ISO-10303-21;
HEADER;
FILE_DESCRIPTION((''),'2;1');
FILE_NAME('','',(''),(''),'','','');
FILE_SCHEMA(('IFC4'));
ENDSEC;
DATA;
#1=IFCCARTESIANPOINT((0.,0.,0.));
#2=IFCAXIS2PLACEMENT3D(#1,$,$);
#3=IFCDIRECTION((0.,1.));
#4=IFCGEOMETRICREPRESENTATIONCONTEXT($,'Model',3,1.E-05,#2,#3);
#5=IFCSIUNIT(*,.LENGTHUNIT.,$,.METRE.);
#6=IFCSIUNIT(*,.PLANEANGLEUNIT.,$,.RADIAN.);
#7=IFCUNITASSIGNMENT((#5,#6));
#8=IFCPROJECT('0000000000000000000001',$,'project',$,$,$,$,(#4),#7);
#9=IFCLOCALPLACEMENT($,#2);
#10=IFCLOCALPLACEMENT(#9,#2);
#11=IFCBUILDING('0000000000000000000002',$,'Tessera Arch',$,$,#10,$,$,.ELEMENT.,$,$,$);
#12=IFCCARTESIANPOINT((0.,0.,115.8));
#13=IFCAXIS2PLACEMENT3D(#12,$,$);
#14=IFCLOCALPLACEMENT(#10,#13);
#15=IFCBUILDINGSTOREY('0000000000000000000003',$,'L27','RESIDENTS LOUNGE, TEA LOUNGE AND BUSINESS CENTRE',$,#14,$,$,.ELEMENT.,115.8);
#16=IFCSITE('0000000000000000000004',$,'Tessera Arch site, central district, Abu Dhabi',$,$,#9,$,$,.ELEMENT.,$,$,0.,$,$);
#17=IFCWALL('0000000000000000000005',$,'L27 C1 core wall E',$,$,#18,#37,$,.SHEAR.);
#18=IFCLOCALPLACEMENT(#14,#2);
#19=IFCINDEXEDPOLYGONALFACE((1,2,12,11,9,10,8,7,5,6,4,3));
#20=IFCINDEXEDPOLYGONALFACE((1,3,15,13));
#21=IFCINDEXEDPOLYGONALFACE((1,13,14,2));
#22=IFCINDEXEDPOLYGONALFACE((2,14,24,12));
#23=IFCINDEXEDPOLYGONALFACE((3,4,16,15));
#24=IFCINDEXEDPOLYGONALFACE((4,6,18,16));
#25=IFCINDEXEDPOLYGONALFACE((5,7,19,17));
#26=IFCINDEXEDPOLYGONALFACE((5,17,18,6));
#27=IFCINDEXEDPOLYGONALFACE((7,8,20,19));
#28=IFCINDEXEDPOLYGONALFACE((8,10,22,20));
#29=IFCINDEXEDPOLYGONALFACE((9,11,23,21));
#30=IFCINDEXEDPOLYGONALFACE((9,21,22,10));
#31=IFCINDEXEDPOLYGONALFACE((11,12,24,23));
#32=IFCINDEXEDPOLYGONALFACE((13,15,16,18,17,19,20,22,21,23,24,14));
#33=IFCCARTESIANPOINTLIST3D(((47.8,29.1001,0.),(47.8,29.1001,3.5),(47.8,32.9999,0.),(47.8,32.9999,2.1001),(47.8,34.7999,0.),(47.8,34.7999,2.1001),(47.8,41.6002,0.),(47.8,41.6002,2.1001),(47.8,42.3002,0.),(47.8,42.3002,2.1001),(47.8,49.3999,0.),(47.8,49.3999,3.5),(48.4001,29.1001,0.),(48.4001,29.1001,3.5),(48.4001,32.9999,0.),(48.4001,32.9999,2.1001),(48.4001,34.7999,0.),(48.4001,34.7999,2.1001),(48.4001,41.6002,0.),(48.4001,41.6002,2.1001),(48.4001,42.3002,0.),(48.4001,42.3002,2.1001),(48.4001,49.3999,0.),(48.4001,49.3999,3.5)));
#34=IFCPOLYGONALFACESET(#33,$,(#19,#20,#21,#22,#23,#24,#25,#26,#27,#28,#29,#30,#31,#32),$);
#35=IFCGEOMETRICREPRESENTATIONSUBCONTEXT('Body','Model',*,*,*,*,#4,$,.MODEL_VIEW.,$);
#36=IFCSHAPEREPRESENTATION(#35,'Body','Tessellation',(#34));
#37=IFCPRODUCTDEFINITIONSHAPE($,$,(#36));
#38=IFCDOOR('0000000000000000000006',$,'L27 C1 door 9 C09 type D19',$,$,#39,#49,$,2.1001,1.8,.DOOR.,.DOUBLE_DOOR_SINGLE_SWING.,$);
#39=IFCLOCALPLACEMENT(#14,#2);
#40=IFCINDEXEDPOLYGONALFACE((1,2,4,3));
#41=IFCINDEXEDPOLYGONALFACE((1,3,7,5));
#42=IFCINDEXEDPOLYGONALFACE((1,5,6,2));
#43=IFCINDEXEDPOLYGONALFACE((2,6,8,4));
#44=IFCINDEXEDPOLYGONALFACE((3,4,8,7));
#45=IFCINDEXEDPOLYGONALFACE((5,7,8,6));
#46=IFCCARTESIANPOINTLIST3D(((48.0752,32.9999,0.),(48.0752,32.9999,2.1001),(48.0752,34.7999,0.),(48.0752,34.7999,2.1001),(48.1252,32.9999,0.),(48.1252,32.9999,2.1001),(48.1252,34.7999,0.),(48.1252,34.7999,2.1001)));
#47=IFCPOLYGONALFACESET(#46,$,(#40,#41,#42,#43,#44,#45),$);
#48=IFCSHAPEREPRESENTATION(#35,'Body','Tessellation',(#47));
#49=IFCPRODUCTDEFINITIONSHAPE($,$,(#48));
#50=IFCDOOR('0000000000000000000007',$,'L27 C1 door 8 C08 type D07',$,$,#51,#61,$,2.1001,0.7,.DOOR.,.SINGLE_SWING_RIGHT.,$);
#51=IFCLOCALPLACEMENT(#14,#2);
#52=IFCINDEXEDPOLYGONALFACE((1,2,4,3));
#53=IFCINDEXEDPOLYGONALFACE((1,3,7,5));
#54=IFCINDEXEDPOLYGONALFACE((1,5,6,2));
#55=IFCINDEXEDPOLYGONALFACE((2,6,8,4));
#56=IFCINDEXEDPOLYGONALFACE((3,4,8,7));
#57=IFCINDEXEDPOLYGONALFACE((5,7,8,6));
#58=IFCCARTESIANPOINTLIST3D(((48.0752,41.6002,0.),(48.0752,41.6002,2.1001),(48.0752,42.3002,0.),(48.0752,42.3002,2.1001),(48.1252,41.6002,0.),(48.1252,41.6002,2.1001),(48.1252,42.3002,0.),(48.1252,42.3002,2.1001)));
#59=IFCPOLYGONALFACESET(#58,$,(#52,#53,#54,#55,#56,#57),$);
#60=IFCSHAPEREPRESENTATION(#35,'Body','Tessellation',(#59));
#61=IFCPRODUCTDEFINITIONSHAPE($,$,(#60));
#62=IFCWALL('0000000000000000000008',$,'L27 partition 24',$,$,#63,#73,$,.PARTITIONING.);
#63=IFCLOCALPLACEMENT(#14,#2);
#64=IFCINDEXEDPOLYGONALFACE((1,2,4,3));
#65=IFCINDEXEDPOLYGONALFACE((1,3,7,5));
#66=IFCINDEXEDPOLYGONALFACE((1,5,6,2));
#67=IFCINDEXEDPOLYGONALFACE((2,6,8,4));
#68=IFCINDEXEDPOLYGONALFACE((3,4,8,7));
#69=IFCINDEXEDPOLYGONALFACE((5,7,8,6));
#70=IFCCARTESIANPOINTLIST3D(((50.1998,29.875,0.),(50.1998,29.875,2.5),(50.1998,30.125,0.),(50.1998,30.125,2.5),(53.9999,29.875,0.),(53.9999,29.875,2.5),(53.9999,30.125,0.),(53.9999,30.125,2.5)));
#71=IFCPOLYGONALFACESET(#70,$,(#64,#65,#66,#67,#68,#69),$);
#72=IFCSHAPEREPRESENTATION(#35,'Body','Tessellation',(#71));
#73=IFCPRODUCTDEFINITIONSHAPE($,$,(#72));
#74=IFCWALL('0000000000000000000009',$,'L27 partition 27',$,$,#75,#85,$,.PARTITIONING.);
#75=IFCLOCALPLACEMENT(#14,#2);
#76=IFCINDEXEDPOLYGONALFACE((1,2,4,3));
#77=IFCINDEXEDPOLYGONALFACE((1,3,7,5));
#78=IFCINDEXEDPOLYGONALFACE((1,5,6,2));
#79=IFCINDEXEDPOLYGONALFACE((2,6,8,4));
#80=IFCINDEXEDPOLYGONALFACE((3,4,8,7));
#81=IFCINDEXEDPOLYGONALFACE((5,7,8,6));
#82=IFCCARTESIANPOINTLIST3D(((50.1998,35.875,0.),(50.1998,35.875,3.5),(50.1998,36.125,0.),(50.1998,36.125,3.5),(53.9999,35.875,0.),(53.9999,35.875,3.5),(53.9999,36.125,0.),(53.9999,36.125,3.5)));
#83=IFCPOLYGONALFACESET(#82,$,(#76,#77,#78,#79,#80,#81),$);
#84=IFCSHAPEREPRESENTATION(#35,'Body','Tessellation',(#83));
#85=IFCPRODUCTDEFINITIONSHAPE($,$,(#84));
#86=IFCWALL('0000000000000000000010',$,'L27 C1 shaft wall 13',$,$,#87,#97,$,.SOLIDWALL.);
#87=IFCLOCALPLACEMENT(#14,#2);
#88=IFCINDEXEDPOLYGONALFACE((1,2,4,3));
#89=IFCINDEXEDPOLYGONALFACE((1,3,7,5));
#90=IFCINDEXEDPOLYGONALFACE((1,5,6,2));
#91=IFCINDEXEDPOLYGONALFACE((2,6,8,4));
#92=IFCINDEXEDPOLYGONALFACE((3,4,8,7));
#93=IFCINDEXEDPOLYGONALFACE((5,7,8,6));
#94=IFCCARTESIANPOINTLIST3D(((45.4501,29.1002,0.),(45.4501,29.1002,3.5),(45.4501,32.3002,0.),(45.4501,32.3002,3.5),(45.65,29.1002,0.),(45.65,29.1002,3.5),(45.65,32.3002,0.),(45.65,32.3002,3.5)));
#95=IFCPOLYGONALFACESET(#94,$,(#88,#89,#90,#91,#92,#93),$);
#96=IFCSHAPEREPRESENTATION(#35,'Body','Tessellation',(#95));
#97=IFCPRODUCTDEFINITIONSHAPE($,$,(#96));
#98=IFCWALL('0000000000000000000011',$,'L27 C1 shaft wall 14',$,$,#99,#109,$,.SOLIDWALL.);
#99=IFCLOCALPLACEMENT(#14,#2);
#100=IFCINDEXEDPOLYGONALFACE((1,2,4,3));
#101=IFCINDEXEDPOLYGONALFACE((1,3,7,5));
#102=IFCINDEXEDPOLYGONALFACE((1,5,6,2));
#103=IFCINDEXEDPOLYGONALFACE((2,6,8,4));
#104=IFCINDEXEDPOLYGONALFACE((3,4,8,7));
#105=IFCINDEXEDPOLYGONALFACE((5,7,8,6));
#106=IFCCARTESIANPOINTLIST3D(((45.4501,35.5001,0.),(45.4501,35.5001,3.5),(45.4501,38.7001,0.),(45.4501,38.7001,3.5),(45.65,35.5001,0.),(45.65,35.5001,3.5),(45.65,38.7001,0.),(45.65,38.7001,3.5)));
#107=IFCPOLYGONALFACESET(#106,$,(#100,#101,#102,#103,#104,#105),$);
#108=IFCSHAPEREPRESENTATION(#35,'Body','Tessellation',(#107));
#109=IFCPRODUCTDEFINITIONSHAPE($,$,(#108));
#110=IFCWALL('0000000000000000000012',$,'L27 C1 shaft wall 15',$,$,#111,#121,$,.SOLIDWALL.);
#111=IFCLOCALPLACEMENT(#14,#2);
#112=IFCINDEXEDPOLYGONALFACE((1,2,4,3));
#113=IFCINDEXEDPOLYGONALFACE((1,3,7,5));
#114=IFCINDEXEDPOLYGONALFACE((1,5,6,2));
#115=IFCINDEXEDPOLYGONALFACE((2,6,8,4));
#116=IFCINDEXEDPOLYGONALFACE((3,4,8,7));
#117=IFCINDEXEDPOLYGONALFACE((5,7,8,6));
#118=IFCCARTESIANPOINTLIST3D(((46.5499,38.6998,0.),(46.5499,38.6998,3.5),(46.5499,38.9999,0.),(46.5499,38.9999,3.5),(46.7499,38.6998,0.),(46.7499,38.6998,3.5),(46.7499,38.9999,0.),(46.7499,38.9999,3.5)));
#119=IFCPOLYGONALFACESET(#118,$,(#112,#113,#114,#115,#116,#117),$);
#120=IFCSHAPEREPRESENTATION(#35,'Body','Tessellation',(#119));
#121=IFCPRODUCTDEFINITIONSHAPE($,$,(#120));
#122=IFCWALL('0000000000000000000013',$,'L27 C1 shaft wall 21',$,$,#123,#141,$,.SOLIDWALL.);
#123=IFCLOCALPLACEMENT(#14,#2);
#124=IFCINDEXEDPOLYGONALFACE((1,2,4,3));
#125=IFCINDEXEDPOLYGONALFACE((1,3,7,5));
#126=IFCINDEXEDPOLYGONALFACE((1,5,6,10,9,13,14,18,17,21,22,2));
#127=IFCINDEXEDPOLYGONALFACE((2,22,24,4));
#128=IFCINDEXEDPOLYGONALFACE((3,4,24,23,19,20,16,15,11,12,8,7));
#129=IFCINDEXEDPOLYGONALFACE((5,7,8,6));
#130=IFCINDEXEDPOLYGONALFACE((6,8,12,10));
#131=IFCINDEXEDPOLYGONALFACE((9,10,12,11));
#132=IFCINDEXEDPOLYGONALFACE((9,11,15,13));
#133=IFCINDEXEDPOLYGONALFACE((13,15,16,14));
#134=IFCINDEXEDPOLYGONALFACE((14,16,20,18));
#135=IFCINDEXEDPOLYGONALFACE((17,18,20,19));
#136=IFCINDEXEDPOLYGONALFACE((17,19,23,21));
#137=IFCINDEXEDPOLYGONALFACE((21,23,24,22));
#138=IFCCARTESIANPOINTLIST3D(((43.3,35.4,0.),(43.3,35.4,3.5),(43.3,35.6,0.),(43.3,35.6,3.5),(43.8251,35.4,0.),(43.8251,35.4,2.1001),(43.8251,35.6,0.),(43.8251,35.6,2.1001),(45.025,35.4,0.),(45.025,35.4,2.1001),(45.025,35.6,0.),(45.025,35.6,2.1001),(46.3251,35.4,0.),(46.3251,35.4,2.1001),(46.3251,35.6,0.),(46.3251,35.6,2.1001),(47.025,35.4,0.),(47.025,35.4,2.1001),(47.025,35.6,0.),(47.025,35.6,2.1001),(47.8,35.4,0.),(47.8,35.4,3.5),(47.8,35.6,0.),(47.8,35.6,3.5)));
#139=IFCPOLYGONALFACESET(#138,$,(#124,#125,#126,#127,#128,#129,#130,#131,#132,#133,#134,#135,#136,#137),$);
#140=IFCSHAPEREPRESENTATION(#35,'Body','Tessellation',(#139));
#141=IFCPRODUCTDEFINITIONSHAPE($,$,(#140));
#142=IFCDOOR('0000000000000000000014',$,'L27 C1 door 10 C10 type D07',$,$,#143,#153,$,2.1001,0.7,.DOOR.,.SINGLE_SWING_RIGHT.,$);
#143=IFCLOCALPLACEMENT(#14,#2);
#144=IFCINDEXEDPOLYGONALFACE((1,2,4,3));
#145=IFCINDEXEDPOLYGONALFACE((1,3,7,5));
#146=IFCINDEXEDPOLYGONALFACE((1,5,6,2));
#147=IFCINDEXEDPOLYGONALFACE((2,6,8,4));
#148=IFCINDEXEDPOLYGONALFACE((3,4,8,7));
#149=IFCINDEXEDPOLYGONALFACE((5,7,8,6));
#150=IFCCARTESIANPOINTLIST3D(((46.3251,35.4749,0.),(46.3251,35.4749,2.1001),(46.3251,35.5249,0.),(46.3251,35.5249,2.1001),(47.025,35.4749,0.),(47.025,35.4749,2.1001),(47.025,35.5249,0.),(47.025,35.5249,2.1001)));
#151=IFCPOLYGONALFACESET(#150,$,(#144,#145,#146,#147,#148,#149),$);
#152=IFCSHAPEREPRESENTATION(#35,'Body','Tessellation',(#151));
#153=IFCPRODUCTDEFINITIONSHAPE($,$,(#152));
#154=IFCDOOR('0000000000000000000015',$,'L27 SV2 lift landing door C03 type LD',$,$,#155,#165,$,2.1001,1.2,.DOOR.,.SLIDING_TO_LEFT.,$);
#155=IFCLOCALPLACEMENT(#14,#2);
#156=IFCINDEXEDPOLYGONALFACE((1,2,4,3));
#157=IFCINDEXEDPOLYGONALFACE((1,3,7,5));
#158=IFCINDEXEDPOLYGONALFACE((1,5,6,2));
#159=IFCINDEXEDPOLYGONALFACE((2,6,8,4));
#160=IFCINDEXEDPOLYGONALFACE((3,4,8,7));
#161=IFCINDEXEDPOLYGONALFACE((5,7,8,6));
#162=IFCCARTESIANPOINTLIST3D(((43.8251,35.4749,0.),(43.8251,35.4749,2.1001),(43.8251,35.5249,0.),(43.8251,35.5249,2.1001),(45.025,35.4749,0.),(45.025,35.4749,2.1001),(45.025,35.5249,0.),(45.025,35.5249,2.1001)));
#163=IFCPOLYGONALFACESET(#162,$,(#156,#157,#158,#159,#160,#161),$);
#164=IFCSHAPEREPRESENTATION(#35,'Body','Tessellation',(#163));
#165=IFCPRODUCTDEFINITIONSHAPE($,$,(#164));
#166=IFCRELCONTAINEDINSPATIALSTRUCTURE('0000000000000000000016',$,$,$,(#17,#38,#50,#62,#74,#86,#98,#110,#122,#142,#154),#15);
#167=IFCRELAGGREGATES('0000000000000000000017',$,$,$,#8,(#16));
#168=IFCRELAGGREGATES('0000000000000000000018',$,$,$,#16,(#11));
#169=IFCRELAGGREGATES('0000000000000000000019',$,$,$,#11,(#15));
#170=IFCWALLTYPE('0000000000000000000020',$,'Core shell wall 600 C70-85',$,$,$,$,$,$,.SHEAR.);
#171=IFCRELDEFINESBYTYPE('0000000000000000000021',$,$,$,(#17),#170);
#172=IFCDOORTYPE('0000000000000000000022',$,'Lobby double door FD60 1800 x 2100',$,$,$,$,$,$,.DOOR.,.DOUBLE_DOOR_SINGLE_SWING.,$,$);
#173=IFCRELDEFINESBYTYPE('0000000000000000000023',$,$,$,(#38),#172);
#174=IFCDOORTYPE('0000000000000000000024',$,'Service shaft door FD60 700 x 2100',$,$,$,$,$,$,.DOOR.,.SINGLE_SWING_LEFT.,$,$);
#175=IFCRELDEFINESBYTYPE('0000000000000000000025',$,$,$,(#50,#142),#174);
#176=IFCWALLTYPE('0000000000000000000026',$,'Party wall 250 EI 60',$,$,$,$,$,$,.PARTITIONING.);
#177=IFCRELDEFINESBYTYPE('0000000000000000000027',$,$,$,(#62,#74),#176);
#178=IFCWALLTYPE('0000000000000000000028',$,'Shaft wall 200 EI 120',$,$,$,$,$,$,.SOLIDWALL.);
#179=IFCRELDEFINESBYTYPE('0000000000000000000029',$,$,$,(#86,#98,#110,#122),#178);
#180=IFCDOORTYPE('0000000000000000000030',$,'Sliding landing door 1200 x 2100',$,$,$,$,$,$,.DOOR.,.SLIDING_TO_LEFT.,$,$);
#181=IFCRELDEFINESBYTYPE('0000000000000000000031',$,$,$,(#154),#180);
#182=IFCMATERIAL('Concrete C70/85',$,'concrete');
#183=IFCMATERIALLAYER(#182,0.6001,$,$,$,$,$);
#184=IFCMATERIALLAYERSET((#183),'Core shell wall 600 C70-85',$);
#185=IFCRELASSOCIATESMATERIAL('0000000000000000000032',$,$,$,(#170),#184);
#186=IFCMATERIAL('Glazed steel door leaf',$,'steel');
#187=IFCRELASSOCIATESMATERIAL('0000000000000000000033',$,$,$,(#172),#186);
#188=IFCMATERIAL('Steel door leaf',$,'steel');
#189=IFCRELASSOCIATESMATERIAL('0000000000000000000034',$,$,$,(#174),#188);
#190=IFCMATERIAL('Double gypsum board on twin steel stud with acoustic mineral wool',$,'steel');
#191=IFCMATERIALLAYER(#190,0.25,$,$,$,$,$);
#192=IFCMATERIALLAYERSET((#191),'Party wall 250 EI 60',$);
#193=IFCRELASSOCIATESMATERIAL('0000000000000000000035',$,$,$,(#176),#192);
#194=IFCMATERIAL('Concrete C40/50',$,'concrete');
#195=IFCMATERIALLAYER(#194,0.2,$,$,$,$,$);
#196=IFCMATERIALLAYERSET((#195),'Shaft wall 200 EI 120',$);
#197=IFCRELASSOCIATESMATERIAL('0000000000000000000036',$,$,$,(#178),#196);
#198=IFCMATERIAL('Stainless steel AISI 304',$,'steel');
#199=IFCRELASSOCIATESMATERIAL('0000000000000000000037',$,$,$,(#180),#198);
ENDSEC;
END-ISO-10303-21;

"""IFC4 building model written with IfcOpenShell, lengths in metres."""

from ifc_helpers import new_model, si_unit, direction, frame, frame_2d, origin, place, context, subcontext, project, spatial, rectangle, extrude, material, layer, layer_set, type_object, element, fill, save


model = new_model("IFC4")

# Units and contexts
model_context = context("Model", 3, precision=1e-05, world=origin(), true_north=direction((0.0, 1.0)))
body_context = subcontext(model_context, "Body", "Model", "MODEL_VIEW")
ifc_project = project(units=[si_unit("LENGTHUNIT", "METRE"), si_unit("PLANEANGLEUNIT", "RADIAN")], contexts=[model_context])

# Site, building, storey
site_placement = place(None, origin())
site = spatial("IfcSite", under=ifc_project, at=site_placement, Name="Tessera Arch site, central district, Abu Dhabi", CompositionType="ELEMENT", RefElevation=0.0)
building_placement = place(site_placement, origin())
building = spatial("IfcBuilding", under=site, at=building_placement, Name="Tessera Arch", CompositionType="ELEMENT")
storey_placement = place(building_placement, frame((0.0, 0.0, 115.8)))
storey = spatial("IfcBuildingStorey", under=building, at=storey_placement, Name="L27", Description="RESIDENTS LOUNGE, TEA LOUNGE AND BUSINESS CENTRE", CompositionType="ELEMENT", Elevation=115.8)

# Wall, openings, doors
ifc_material_1 = material(Name="Concrete C70/85", Category="concrete")
ifc_layer_1 = layer(ifc_material_1, 0.6001)
ifc_layer_set_1 = layer_set([ifc_layer_1], Name="Core shell wall 600 C70-85")
wall_type_1 = type_object("IfcWallType", Name="Core shell wall 600 C70-85", PredefinedType="SHEAR", material=ifc_layer_set_1)
wall_1_placement = place(storey_placement, frame((48.1001, 29.1001, 0.0), z_axis=(0.0, 0.0, 1.0), x_axis=(0.0, 1.0, 0.0)))
wall_1 = element("IfcWall", 1, at=wall_1_placement, inside=storey, type_object=wall_type_1, Name="L27 C1 core wall E", PredefinedType="SHEAR", context=body_context, shape_type="SweptSolid", body=[
    extrude(rectangle(XDim=20.2998, YDim=0.6001, at=frame_2d((10.1499, 0.0))), origin(), (0.0, 0.0, 1.0), 3.5),
])
opening_1_placement = place(wall_1_placement, frame((12.5, 0.0, 0.0)))
opening_1 = element("IfcOpeningElement", 2, at=opening_1_placement, cuts=wall_1, PredefinedType="OPENING", context=body_context, shape_type="SweptSolid", body=[
    extrude(rectangle(XDim=0.7, YDim=2.1001, at=frame_2d((0.3501, 1.05))), frame((0.0, 0.3101, 0.0), z_axis=(0.0, -1.0, 0.0), x_axis=(1.0, 0.0, 0.0)), (0.0, 0.0, 1.0), 0.6201),
])
opening_2_placement = place(wall_1_placement, frame((3.8999, 0.0, 0.0)))
opening_2 = element("IfcOpeningElement", 3, at=opening_2_placement, cuts=wall_1, PredefinedType="OPENING", context=body_context, shape_type="SweptSolid", body=[
    extrude(rectangle(XDim=1.8, YDim=2.1001, at=frame_2d((0.8999, 1.05))), frame((0.0, 0.3101, 0.0), z_axis=(0.0, -1.0, 0.0), x_axis=(1.0, 0.0, 0.0)), (0.0, 0.0, 1.0), 0.6201),
])
ifc_material_2 = material(Name="Glazed steel door leaf", Category="steel")
door_type_1 = type_object("IfcDoorType", Name="Lobby double door FD60 1800 x 2100", OperationType="DOUBLE_DOOR_SINGLE_SWING", PredefinedType="DOOR", material=ifc_material_2)
door_1_placement = place(opening_2_placement, origin())
door_1 = element("IfcDoor", 4, at=door_1_placement, inside=storey, type_object=door_type_1, Name="L27 C1 door 9 C09 type D19", OperationType="DOUBLE_DOOR_SINGLE_SWING", OverallHeight=2.1001, OverallWidth=1.8, PredefinedType="DOOR", context=body_context, shape_type="SweptSolid", body=[
    extrude(rectangle(XDim=1.8, YDim=2.1001, at=frame_2d((0.8999, 1.05))), frame((0.0, 0.0249, 0.0), z_axis=(0.0, -1.0, 0.0), x_axis=(1.0, 0.0, 0.0)), (0.0, 0.0, 1.0), 0.05),
])
fill(opening_2, door_1)
ifc_material_3 = material(Name="Steel door leaf", Category="steel")
door_type_2 = type_object("IfcDoorType", Name="Service shaft door FD60 700 x 2100", OperationType="SINGLE_SWING_LEFT", PredefinedType="DOOR", material=ifc_material_3)
door_2_placement = place(opening_1_placement, origin())
door_2 = element("IfcDoor", 5, at=door_2_placement, inside=storey, type_object=door_type_2, Name="L27 C1 door 8 C08 type D07", OperationType="SINGLE_SWING_RIGHT", OverallHeight=2.1001, OverallWidth=0.7, PredefinedType="DOOR", context=body_context, shape_type="SweptSolid", body=[
    extrude(rectangle(XDim=0.7, YDim=2.1001, at=frame_2d((0.3501, 1.05))), frame((0.0, 0.0249, 0.0), z_axis=(0.0, -1.0, 0.0), x_axis=(1.0, 0.0, 0.0)), (0.0, 0.0, 1.0), 0.05),
])
fill(opening_1, door_2)

# Walls
ifc_material_4 = material(Name="Double gypsum board on twin steel stud with acoustic mineral wool", Category="steel")
ifc_layer_2 = layer(ifc_material_4, 0.25)
ifc_layer_set_2 = layer_set([ifc_layer_2], Name="Party wall 250 EI 60")
wall_type_2 = type_object("IfcWallType", Name="Party wall 250 EI 60", PredefinedType="PARTITIONING", material=ifc_layer_set_2)
wall_2_placement = place(storey_placement, frame((50.2, 30.0, 0.0), z_axis=(0.0, 0.0, 1.0), x_axis=(1.0, 0.0, 0.0)))
element("IfcWall", 6, at=wall_2_placement, inside=storey, type_object=wall_type_2, Name="L27 partition 24", PredefinedType="PARTITIONING", context=body_context, shape_type="SweptSolid", body=[
    extrude(rectangle(XDim=3.8, YDim=0.25, at=frame_2d((1.8999, 0.0))), origin(), (0.0, 0.0, 1.0), 2.5),
])
wall_3_placement = place(storey_placement, frame((50.2, 36.0, 0.0), z_axis=(0.0, 0.0, 1.0), x_axis=(1.0, 0.0, 0.0)))
element("IfcWall", 7, at=wall_3_placement, inside=storey, type_object=wall_type_2, Name="L27 partition 27", PredefinedType="PARTITIONING", context=body_context, shape_type="SweptSolid", body=[
    extrude(rectangle(XDim=3.8, YDim=0.25, at=frame_2d((1.8999, 0.0))), origin(), (0.0, 0.0, 1.0), 3.5),
])
ifc_material_5 = material(Name="Concrete C40/50", Category="concrete")
ifc_layer_3 = layer(ifc_material_5, 0.2)
ifc_layer_set_3 = layer_set([ifc_layer_3], Name="Shaft wall 200 EI 120")
wall_type_3 = type_object("IfcWallType", Name="Shaft wall 200 EI 120", PredefinedType="SOLIDWALL", material=ifc_layer_set_3)
for number, where, z_axis, x_axis, name in (
    (8, (45.55, 29.1001, 0.0), (0.0, 0.0, 1.0), (0.0, 1.0, 0.0), "L27 C1 shaft wall 13"),
    (9, (45.55, 35.5, 0.0), (0.0, 0.0, 1.0), (0.0, 1.0, 0.0), "L27 C1 shaft wall 14"),
):
    element("IfcWall", number, at=place(storey_placement, frame(where, z_axis=z_axis, x_axis=x_axis)), inside=storey, type_object=wall_type_3, Name=name, PredefinedType="SOLIDWALL", context=body_context, shape_type="SweptSolid", body=[
        extrude(rectangle(XDim=3.2, YDim=0.2, at=frame_2d((1.6001, 0.0))), origin(), (0.0, 0.0, 1.0), 3.5),
    ])
wall_4_placement = place(storey_placement, frame((46.6499, 38.7, 0.0), z_axis=(0.0, 0.0, 1.0), x_axis=(0.0, 1.0, 0.0)))
element("IfcWall", 10, at=wall_4_placement, inside=storey, type_object=wall_type_3, Name="L27 C1 shaft wall 15", PredefinedType="SOLIDWALL", context=body_context, shape_type="SweptSolid", body=[
    extrude(rectangle(XDim=0.3, YDim=0.2, at=frame_2d((0.1499, 0.0))), origin(), (0.0, 0.0, 1.0), 3.5),
])

# Wall, openings, doors
wall_5_placement = place(storey_placement, frame((43.3, 35.5, 0.0), z_axis=(0.0, 0.0, 1.0), x_axis=(1.0, 0.0, 0.0)))
wall_5 = element("IfcWall", 11, at=wall_5_placement, inside=storey, type_object=wall_type_3, Name="L27 C1 shaft wall 21", PredefinedType="SOLIDWALL", context=body_context, shape_type="SweptSolid", body=[
    extrude(rectangle(XDim=4.5, YDim=0.2, at=frame_2d((2.25, 0.0))), origin(), (0.0, 0.0, 1.0), 3.5),
])
opening_3_placement = place(wall_5_placement, frame((0.5249, 0.0, 0.0)))
opening_3 = element("IfcOpeningElement", 12, at=opening_3_placement, cuts=wall_5, PredefinedType="OPENING", context=body_context, shape_type="SweptSolid", body=[
    extrude(rectangle(XDim=1.2, YDim=2.1001, at=frame_2d((0.6001, 1.05))), frame((0.0, 0.1099, 0.0), z_axis=(0.0, -1.0, 0.0), x_axis=(1.0, 0.0, 0.0)), (0.0, 0.0, 1.0), 0.22),
])
opening_4_placement = place(wall_5_placement, frame((3.0249, 0.0, 0.0)))
opening_4 = element("IfcOpeningElement", 13, at=opening_4_placement, cuts=wall_5, PredefinedType="OPENING", context=body_context, shape_type="SweptSolid", body=[
    extrude(rectangle(XDim=0.7, YDim=2.1001, at=frame_2d((0.3501, 1.05))), frame((0.0, 0.1099, 0.0), z_axis=(0.0, -1.0, 0.0), x_axis=(1.0, 0.0, 0.0)), (0.0, 0.0, 1.0), 0.22),
])
door_3_placement = place(opening_4_placement, origin())
door_3 = element("IfcDoor", 14, at=door_3_placement, inside=storey, type_object=door_type_2, Name="L27 C1 door 10 C10 type D07", OperationType="SINGLE_SWING_RIGHT", OverallHeight=2.1001, OverallWidth=0.7, PredefinedType="DOOR", context=body_context, shape_type="SweptSolid", body=[
    extrude(rectangle(XDim=0.7, YDim=2.1001, at=frame_2d((0.3501, 1.05))), frame((0.0, 0.0249, 0.0), z_axis=(0.0, -1.0, 0.0), x_axis=(1.0, 0.0, 0.0)), (0.0, 0.0, 1.0), 0.05),
])
fill(opening_4, door_3)
ifc_material_6 = material(Name="Stainless steel AISI 304", Category="steel")
door_type_3 = type_object("IfcDoorType", Name="Sliding landing door 1200 x 2100", OperationType="SLIDING_TO_LEFT", PredefinedType="DOOR", material=ifc_material_6)
door_4_placement = place(opening_3_placement, origin())
door_4 = element("IfcDoor", 15, at=door_4_placement, inside=storey, type_object=door_type_3, Name="L27 SV2 lift landing door C03 type LD", OperationType="SLIDING_TO_LEFT", OverallHeight=2.1001, OverallWidth=1.2, PredefinedType="DOOR", context=body_context, shape_type="SweptSolid", body=[
    extrude(rectangle(XDim=1.2, YDim=2.1001, at=frame_2d((0.6001, 1.05))), frame((0.0, 0.0249, 0.0), z_axis=(0.0, -1.0, 0.0), x_axis=(1.0, 0.0, 0.0)), (0.0, 0.0, 1.0), 0.05),
])
fill(opening_3, door_4)

save(model, "model.ifc")
